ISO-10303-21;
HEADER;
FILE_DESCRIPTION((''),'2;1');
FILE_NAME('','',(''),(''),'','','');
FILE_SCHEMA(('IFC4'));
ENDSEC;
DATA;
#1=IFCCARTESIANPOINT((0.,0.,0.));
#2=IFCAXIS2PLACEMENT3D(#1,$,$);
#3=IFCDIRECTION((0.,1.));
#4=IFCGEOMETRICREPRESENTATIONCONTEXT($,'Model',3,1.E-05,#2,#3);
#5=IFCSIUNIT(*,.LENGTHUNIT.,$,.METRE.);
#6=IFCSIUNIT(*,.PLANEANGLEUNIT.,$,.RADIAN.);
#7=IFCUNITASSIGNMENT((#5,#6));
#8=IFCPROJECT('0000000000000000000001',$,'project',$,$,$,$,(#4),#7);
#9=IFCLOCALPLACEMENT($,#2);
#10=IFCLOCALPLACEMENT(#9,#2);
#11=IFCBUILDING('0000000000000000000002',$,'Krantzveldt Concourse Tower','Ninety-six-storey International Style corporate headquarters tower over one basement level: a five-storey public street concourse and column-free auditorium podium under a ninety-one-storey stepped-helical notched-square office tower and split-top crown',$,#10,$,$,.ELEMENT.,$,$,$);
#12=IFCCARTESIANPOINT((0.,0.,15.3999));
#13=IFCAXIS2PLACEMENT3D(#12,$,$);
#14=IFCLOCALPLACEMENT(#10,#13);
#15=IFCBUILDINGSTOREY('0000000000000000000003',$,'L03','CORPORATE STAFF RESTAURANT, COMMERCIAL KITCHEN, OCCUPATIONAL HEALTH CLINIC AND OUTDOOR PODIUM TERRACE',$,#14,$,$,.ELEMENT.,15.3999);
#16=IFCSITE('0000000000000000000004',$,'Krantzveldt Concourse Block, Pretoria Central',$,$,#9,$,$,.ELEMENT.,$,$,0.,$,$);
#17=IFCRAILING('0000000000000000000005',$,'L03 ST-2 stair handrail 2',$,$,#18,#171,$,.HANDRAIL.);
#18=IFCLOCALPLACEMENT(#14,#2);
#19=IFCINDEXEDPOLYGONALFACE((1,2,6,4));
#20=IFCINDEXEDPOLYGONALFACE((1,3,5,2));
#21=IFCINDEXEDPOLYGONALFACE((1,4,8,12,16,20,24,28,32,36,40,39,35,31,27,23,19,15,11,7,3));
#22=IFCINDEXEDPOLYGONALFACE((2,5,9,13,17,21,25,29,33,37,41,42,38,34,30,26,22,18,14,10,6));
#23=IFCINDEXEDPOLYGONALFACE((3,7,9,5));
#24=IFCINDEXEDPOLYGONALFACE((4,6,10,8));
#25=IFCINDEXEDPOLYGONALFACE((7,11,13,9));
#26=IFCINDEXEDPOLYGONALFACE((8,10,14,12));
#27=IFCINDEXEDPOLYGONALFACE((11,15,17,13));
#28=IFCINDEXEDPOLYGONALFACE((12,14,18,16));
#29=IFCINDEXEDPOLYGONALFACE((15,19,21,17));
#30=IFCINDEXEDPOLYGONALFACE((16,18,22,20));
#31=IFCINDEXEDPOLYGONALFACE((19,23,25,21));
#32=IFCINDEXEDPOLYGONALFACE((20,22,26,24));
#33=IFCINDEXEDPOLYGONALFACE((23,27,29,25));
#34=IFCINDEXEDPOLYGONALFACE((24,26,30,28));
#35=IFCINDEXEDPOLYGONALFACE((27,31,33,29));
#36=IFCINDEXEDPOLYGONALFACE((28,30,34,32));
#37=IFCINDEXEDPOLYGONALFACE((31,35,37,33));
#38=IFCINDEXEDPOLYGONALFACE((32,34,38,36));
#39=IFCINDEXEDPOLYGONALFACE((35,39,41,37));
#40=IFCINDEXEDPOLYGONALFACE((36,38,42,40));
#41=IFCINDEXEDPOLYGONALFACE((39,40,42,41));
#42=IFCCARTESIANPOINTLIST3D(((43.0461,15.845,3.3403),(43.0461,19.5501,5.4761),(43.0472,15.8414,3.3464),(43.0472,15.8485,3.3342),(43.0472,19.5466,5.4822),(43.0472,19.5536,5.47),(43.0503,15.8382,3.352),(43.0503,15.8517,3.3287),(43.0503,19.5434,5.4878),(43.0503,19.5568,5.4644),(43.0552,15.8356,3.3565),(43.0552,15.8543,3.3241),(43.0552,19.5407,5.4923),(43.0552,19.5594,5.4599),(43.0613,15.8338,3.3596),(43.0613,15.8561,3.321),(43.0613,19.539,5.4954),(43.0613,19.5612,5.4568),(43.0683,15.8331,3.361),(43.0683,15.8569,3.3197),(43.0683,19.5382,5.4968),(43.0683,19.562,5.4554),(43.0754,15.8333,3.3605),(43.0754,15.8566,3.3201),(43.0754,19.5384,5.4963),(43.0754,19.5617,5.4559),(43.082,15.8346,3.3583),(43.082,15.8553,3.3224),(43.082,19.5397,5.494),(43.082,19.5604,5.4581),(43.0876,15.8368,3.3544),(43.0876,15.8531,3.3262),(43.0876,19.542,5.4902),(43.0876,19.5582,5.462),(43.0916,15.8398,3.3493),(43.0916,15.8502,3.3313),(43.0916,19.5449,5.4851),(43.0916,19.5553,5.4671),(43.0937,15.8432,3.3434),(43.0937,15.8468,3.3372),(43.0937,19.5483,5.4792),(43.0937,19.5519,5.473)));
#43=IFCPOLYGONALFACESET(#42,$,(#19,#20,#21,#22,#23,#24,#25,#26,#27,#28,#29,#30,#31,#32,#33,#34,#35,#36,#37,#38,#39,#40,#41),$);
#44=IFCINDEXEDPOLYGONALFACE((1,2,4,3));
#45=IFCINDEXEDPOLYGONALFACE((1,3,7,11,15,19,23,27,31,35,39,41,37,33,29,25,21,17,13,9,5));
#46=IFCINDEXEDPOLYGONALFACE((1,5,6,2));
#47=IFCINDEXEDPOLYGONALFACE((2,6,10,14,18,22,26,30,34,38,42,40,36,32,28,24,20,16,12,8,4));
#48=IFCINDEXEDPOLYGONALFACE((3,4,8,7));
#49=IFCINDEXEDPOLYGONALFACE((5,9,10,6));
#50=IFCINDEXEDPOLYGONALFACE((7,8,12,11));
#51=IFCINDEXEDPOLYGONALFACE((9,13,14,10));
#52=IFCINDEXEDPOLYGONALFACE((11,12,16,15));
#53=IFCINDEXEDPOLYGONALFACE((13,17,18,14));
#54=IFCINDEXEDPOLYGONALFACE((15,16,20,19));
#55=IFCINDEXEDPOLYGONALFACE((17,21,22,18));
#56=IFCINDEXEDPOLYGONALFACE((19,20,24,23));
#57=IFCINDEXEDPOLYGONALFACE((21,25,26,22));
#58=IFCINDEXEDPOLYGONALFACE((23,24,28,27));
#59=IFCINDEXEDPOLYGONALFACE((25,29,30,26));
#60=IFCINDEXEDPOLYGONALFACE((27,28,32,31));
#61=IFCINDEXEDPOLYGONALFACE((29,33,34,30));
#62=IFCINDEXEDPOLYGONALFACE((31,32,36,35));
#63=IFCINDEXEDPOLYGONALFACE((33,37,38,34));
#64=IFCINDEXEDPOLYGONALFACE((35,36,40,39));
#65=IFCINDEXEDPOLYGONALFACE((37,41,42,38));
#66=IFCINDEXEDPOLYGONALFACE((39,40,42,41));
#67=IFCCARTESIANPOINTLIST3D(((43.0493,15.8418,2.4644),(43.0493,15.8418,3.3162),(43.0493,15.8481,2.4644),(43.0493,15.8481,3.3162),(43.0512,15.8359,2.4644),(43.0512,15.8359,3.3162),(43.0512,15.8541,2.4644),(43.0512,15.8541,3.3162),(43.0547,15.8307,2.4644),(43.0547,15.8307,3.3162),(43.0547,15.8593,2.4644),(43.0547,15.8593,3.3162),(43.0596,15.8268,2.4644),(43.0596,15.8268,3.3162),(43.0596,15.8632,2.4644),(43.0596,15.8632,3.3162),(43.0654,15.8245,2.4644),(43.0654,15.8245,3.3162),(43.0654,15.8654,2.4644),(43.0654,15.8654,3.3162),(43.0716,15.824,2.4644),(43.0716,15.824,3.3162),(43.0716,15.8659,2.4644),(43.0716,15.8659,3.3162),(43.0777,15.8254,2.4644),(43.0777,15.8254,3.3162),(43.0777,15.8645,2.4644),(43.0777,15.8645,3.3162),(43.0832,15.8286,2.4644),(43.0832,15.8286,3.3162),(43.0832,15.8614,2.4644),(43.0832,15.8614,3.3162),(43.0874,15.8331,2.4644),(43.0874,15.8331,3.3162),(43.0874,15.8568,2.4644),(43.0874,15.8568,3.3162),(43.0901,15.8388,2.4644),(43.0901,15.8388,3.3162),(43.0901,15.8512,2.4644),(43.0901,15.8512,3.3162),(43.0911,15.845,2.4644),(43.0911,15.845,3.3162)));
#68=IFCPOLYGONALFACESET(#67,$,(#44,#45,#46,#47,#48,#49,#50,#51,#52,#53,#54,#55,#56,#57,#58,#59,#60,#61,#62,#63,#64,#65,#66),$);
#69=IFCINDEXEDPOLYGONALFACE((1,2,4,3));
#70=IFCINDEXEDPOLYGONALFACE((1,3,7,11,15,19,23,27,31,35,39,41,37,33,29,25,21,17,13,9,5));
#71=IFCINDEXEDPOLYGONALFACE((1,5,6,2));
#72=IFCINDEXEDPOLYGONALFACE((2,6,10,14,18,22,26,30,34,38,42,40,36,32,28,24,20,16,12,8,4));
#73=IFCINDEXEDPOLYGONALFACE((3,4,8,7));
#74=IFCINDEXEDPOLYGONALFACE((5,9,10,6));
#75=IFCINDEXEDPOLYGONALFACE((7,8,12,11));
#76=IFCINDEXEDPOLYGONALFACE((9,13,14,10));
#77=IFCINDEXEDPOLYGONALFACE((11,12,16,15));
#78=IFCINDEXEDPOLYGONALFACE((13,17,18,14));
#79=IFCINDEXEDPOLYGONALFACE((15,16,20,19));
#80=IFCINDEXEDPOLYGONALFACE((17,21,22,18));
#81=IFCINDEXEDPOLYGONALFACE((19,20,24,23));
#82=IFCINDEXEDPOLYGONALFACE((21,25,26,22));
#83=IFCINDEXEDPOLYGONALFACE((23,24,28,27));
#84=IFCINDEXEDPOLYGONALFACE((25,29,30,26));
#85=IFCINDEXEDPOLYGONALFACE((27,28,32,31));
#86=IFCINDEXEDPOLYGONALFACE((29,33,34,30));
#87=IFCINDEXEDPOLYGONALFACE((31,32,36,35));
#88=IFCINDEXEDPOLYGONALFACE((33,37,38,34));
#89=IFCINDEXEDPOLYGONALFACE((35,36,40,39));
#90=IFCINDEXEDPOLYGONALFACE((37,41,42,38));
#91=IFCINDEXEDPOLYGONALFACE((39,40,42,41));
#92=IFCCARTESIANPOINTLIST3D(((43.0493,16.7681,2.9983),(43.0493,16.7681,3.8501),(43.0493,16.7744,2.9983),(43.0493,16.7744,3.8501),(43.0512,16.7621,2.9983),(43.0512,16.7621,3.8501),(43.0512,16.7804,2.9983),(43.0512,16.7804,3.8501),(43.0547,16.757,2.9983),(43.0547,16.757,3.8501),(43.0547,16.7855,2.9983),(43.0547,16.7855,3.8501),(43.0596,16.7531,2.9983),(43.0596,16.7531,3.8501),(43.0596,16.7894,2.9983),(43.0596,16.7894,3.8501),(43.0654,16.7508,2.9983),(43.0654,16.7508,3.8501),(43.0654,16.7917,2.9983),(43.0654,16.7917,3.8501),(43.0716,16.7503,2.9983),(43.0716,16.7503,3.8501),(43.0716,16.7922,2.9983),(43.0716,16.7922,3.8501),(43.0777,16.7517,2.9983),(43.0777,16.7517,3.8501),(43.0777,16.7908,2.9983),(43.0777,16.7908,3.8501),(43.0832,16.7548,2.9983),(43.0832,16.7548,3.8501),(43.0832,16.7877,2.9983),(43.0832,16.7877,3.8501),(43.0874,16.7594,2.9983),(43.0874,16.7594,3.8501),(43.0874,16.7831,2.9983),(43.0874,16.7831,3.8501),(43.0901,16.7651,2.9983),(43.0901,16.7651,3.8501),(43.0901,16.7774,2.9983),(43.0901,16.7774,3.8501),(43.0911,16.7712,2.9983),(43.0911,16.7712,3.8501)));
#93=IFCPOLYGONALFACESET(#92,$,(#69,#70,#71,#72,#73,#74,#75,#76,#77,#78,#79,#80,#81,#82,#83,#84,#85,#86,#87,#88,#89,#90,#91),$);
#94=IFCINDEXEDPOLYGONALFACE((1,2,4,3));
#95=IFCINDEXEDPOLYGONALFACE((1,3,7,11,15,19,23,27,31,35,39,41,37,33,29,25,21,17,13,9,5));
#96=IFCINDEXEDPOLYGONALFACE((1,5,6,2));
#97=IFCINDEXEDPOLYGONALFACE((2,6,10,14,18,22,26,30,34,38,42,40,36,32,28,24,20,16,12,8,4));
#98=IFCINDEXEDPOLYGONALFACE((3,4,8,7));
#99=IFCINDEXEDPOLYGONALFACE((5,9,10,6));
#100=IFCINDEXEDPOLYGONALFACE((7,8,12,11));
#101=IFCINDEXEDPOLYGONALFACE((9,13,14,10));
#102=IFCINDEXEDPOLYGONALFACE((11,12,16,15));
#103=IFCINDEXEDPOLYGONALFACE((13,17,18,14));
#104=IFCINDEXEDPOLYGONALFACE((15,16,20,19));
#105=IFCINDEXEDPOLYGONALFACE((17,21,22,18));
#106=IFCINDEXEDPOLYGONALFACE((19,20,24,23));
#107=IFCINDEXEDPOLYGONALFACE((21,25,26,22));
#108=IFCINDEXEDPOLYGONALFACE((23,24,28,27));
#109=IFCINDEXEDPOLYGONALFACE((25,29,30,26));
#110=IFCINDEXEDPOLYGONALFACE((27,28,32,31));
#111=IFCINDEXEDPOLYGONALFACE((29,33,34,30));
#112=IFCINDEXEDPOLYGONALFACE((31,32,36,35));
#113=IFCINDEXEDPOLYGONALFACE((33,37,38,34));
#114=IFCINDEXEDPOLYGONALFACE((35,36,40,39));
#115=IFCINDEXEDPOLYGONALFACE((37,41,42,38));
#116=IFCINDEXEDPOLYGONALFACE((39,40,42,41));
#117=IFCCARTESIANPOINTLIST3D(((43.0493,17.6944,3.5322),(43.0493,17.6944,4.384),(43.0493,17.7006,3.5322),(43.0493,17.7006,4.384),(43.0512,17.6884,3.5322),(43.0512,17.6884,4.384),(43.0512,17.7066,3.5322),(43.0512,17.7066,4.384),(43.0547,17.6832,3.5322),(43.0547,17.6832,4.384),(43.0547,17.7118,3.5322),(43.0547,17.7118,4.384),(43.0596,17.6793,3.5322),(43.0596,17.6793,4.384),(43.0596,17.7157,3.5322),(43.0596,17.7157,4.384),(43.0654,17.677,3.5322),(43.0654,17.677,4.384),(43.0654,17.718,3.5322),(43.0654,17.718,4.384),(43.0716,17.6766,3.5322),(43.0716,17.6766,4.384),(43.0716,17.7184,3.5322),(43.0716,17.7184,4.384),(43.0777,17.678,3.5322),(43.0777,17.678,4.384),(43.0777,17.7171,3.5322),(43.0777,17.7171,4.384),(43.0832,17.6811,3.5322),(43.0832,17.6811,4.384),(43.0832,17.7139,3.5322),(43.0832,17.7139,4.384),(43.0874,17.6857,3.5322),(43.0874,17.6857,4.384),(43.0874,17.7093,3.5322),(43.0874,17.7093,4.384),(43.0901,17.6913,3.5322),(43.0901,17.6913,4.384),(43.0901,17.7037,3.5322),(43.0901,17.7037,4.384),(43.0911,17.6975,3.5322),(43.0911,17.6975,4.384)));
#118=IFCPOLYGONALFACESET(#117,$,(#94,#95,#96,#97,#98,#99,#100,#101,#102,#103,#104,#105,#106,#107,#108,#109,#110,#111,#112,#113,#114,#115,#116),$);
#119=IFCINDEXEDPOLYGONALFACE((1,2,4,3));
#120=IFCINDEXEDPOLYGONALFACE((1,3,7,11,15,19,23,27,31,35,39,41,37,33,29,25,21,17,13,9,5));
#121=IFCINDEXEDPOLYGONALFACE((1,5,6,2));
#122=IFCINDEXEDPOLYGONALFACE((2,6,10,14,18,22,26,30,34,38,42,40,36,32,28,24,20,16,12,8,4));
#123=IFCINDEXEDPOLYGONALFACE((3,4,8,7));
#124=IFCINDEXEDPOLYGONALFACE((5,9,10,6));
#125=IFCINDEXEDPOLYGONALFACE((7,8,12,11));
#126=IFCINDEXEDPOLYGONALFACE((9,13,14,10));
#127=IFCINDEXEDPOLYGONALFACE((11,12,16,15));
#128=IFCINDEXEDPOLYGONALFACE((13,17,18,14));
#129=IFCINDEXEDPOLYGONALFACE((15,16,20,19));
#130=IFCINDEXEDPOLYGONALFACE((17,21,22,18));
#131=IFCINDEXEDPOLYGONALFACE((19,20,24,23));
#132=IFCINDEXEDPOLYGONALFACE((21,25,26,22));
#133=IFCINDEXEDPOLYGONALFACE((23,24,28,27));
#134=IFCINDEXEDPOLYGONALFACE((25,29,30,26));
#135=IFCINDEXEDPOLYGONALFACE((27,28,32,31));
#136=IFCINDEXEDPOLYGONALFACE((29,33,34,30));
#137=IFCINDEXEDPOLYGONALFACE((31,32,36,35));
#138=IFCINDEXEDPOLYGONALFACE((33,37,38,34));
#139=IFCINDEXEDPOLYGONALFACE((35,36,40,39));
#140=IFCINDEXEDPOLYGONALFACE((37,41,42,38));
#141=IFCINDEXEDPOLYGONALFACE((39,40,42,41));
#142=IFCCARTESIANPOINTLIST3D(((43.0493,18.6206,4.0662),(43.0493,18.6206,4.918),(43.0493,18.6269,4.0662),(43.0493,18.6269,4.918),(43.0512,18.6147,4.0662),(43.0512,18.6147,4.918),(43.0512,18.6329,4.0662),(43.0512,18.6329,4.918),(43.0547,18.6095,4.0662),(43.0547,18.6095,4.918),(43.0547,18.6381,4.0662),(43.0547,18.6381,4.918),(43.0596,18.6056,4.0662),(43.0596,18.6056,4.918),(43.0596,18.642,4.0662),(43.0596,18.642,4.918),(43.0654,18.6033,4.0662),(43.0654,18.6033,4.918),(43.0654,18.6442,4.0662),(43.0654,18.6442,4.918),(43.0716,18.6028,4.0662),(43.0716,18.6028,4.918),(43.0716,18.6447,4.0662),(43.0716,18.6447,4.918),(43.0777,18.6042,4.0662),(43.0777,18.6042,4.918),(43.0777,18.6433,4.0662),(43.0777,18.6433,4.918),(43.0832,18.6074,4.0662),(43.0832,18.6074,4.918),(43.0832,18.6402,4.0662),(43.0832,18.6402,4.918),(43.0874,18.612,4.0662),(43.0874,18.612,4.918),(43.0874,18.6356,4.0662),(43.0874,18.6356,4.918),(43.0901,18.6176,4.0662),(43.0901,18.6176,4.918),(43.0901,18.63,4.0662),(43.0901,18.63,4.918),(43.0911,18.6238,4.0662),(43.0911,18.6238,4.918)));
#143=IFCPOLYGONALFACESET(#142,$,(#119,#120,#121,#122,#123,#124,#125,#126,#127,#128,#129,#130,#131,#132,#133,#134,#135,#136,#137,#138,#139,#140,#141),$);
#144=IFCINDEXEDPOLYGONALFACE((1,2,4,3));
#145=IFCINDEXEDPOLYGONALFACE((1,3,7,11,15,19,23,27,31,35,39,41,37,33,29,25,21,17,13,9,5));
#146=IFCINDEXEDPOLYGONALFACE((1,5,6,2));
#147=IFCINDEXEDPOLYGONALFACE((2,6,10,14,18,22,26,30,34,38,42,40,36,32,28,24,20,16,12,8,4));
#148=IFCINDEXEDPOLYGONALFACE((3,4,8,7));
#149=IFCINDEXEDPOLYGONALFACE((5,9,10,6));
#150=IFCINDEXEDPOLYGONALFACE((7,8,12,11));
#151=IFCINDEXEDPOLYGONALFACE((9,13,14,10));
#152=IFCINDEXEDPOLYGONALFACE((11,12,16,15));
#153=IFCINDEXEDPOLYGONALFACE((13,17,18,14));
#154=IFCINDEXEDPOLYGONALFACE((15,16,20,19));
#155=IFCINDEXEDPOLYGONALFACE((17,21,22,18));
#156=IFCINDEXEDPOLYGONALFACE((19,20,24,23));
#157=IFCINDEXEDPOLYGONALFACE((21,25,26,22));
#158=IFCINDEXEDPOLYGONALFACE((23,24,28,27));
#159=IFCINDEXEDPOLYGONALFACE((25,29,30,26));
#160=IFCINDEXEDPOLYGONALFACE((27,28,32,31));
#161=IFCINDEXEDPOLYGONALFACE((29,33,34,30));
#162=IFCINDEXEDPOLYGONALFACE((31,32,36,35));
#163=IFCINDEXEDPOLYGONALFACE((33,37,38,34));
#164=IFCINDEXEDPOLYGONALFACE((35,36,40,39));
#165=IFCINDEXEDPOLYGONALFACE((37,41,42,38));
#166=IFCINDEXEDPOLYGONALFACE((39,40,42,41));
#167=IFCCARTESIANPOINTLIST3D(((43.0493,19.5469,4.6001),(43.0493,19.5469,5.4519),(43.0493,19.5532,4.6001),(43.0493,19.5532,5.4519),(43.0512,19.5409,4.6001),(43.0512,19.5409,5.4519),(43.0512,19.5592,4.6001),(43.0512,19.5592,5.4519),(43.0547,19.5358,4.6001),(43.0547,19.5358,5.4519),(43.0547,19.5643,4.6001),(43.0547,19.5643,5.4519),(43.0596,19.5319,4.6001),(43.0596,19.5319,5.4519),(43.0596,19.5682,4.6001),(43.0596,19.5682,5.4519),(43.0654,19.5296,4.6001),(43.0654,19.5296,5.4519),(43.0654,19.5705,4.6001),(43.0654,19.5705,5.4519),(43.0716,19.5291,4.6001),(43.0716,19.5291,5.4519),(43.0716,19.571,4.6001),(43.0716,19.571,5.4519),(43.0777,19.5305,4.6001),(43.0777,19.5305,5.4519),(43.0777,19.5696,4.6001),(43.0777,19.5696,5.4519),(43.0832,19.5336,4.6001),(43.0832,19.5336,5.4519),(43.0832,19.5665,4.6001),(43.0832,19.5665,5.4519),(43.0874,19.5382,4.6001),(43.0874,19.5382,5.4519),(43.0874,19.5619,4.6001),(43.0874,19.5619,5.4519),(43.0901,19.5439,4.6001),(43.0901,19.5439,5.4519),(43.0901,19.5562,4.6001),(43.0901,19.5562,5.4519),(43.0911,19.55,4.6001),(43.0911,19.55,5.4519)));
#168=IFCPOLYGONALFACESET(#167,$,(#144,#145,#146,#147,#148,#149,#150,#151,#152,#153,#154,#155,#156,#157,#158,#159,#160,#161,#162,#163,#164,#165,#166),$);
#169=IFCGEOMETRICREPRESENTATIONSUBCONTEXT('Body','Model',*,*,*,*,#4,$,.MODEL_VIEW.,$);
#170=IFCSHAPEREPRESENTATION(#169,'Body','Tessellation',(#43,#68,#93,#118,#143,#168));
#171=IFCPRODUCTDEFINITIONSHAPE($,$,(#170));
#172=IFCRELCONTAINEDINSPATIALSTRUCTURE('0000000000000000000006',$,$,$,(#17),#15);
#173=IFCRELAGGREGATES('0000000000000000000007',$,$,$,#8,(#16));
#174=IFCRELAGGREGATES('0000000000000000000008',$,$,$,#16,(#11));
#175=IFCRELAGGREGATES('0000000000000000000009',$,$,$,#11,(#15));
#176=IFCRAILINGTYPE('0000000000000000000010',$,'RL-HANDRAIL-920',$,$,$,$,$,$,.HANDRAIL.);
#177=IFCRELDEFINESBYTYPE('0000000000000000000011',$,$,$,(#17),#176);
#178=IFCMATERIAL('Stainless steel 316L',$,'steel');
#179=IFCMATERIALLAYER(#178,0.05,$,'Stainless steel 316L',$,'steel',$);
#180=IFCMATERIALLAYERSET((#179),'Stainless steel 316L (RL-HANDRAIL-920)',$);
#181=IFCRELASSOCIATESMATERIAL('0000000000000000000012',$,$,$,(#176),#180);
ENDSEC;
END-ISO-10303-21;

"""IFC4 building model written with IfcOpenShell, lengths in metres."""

from ifc_helpers import new_model, si_unit, direction, frame, origin, origin_2d, place, context, subcontext, project, spatial, circle, extrude, material, layer, layer_set, type_object, element, save


model = new_model("IFC4")

# Units and contexts
model_context = context("Model", 3, precision=1e-05, world=origin(), true_north=direction((0.0, 1.0)))
body_context = subcontext(model_context, "Body", "Model", "MODEL_VIEW")
ifc_project = project(units=[si_unit("LENGTHUNIT", "METRE"), si_unit("PLANEANGLEUNIT", "RADIAN")], contexts=[model_context])

# Site, building, storey
site_placement = place(None, origin())
site = spatial("IfcSite", under=ifc_project, at=site_placement, Name="Krantzveldt Concourse Block, Pretoria Central", CompositionType="ELEMENT", RefElevation=0.0)
building_placement = place(site_placement, origin())
building = spatial("IfcBuilding", under=site, at=building_placement, Name="Krantzveldt Concourse Tower", Description="Ninety-six-storey International Style corporate headquarters tower over one basement level: a five-storey public street concourse and column-free auditorium podium under a ninety-one-storey stepped-helical notched-square office tower and split-top crown", CompositionType="ELEMENT")
storey_placement = place(building_placement, frame((0.0, 0.0, 15.3999)))
storey = spatial("IfcBuildingStorey", under=building, at=storey_placement, Name="L03", Description="CORPORATE STAFF RESTAURANT, COMMERCIAL KITCHEN, OCCUPATIONAL HEALTH CLINIC AND OUTDOOR PODIUM TERRACE", CompositionType="ELEMENT", Elevation=15.3999)

# Railing
ifc_material_1 = material(Name="Stainless steel 316L", Category="steel")
ifc_layer_1 = layer(ifc_material_1, 0.05, Name="Stainless steel 316L", Category="steel")
ifc_layer_set_1 = layer_set([ifc_layer_1], Name="Stainless steel 316L (RL-HANDRAIL-920)")
railing_type_1 = type_object("IfcRailingType", Name="RL-HANDRAIL-920", PredefinedType="HANDRAIL", material=ifc_layer_set_1)
railing_1_placement = place(storey_placement, frame((43.0701, 15.845, 2.4644)))
element("IfcRailing", 1, at=railing_1_placement, inside=storey, type_object=railing_type_1, Name="L03 ST-2 stair handrail 2", PredefinedType="HANDRAIL", context=body_context, shape_type="SweptSolid", body=[
    extrude(circle(Radius=0.0239, at=origin_2d()), frame((0.0, 0.0, 0.876), z_axis=(0.0, 0.866368, 0.499406), x_axis=(-1.0, 0.0, 0.0)), (0.0, 0.0, 1.0), 4.2766),
    extrude(circle(Radius=0.021, at=origin_2d()), origin(), (0.0, 0.0, 1.0), 0.8518),
    extrude(circle(Radius=0.021, at=origin_2d()), frame((0.0, 0.9263, 0.5339)), (0.0, 0.0, 1.0), 0.8518),
    extrude(circle(Radius=0.021, at=origin_2d()), frame((0.0, 1.8525, 1.0679)), (0.0, 0.0, 1.0), 0.8518),
    extrude(circle(Radius=0.021, at=origin_2d()), frame((0.0, 2.7788, 1.6018)), (0.0, 0.0, 1.0), 0.8518),
    extrude(circle(Radius=0.021, at=origin_2d()), frame((0.0, 3.7051, 2.1357)), (0.0, 0.0, 1.0), 0.8518),
])

save(model, "model.ifc")
